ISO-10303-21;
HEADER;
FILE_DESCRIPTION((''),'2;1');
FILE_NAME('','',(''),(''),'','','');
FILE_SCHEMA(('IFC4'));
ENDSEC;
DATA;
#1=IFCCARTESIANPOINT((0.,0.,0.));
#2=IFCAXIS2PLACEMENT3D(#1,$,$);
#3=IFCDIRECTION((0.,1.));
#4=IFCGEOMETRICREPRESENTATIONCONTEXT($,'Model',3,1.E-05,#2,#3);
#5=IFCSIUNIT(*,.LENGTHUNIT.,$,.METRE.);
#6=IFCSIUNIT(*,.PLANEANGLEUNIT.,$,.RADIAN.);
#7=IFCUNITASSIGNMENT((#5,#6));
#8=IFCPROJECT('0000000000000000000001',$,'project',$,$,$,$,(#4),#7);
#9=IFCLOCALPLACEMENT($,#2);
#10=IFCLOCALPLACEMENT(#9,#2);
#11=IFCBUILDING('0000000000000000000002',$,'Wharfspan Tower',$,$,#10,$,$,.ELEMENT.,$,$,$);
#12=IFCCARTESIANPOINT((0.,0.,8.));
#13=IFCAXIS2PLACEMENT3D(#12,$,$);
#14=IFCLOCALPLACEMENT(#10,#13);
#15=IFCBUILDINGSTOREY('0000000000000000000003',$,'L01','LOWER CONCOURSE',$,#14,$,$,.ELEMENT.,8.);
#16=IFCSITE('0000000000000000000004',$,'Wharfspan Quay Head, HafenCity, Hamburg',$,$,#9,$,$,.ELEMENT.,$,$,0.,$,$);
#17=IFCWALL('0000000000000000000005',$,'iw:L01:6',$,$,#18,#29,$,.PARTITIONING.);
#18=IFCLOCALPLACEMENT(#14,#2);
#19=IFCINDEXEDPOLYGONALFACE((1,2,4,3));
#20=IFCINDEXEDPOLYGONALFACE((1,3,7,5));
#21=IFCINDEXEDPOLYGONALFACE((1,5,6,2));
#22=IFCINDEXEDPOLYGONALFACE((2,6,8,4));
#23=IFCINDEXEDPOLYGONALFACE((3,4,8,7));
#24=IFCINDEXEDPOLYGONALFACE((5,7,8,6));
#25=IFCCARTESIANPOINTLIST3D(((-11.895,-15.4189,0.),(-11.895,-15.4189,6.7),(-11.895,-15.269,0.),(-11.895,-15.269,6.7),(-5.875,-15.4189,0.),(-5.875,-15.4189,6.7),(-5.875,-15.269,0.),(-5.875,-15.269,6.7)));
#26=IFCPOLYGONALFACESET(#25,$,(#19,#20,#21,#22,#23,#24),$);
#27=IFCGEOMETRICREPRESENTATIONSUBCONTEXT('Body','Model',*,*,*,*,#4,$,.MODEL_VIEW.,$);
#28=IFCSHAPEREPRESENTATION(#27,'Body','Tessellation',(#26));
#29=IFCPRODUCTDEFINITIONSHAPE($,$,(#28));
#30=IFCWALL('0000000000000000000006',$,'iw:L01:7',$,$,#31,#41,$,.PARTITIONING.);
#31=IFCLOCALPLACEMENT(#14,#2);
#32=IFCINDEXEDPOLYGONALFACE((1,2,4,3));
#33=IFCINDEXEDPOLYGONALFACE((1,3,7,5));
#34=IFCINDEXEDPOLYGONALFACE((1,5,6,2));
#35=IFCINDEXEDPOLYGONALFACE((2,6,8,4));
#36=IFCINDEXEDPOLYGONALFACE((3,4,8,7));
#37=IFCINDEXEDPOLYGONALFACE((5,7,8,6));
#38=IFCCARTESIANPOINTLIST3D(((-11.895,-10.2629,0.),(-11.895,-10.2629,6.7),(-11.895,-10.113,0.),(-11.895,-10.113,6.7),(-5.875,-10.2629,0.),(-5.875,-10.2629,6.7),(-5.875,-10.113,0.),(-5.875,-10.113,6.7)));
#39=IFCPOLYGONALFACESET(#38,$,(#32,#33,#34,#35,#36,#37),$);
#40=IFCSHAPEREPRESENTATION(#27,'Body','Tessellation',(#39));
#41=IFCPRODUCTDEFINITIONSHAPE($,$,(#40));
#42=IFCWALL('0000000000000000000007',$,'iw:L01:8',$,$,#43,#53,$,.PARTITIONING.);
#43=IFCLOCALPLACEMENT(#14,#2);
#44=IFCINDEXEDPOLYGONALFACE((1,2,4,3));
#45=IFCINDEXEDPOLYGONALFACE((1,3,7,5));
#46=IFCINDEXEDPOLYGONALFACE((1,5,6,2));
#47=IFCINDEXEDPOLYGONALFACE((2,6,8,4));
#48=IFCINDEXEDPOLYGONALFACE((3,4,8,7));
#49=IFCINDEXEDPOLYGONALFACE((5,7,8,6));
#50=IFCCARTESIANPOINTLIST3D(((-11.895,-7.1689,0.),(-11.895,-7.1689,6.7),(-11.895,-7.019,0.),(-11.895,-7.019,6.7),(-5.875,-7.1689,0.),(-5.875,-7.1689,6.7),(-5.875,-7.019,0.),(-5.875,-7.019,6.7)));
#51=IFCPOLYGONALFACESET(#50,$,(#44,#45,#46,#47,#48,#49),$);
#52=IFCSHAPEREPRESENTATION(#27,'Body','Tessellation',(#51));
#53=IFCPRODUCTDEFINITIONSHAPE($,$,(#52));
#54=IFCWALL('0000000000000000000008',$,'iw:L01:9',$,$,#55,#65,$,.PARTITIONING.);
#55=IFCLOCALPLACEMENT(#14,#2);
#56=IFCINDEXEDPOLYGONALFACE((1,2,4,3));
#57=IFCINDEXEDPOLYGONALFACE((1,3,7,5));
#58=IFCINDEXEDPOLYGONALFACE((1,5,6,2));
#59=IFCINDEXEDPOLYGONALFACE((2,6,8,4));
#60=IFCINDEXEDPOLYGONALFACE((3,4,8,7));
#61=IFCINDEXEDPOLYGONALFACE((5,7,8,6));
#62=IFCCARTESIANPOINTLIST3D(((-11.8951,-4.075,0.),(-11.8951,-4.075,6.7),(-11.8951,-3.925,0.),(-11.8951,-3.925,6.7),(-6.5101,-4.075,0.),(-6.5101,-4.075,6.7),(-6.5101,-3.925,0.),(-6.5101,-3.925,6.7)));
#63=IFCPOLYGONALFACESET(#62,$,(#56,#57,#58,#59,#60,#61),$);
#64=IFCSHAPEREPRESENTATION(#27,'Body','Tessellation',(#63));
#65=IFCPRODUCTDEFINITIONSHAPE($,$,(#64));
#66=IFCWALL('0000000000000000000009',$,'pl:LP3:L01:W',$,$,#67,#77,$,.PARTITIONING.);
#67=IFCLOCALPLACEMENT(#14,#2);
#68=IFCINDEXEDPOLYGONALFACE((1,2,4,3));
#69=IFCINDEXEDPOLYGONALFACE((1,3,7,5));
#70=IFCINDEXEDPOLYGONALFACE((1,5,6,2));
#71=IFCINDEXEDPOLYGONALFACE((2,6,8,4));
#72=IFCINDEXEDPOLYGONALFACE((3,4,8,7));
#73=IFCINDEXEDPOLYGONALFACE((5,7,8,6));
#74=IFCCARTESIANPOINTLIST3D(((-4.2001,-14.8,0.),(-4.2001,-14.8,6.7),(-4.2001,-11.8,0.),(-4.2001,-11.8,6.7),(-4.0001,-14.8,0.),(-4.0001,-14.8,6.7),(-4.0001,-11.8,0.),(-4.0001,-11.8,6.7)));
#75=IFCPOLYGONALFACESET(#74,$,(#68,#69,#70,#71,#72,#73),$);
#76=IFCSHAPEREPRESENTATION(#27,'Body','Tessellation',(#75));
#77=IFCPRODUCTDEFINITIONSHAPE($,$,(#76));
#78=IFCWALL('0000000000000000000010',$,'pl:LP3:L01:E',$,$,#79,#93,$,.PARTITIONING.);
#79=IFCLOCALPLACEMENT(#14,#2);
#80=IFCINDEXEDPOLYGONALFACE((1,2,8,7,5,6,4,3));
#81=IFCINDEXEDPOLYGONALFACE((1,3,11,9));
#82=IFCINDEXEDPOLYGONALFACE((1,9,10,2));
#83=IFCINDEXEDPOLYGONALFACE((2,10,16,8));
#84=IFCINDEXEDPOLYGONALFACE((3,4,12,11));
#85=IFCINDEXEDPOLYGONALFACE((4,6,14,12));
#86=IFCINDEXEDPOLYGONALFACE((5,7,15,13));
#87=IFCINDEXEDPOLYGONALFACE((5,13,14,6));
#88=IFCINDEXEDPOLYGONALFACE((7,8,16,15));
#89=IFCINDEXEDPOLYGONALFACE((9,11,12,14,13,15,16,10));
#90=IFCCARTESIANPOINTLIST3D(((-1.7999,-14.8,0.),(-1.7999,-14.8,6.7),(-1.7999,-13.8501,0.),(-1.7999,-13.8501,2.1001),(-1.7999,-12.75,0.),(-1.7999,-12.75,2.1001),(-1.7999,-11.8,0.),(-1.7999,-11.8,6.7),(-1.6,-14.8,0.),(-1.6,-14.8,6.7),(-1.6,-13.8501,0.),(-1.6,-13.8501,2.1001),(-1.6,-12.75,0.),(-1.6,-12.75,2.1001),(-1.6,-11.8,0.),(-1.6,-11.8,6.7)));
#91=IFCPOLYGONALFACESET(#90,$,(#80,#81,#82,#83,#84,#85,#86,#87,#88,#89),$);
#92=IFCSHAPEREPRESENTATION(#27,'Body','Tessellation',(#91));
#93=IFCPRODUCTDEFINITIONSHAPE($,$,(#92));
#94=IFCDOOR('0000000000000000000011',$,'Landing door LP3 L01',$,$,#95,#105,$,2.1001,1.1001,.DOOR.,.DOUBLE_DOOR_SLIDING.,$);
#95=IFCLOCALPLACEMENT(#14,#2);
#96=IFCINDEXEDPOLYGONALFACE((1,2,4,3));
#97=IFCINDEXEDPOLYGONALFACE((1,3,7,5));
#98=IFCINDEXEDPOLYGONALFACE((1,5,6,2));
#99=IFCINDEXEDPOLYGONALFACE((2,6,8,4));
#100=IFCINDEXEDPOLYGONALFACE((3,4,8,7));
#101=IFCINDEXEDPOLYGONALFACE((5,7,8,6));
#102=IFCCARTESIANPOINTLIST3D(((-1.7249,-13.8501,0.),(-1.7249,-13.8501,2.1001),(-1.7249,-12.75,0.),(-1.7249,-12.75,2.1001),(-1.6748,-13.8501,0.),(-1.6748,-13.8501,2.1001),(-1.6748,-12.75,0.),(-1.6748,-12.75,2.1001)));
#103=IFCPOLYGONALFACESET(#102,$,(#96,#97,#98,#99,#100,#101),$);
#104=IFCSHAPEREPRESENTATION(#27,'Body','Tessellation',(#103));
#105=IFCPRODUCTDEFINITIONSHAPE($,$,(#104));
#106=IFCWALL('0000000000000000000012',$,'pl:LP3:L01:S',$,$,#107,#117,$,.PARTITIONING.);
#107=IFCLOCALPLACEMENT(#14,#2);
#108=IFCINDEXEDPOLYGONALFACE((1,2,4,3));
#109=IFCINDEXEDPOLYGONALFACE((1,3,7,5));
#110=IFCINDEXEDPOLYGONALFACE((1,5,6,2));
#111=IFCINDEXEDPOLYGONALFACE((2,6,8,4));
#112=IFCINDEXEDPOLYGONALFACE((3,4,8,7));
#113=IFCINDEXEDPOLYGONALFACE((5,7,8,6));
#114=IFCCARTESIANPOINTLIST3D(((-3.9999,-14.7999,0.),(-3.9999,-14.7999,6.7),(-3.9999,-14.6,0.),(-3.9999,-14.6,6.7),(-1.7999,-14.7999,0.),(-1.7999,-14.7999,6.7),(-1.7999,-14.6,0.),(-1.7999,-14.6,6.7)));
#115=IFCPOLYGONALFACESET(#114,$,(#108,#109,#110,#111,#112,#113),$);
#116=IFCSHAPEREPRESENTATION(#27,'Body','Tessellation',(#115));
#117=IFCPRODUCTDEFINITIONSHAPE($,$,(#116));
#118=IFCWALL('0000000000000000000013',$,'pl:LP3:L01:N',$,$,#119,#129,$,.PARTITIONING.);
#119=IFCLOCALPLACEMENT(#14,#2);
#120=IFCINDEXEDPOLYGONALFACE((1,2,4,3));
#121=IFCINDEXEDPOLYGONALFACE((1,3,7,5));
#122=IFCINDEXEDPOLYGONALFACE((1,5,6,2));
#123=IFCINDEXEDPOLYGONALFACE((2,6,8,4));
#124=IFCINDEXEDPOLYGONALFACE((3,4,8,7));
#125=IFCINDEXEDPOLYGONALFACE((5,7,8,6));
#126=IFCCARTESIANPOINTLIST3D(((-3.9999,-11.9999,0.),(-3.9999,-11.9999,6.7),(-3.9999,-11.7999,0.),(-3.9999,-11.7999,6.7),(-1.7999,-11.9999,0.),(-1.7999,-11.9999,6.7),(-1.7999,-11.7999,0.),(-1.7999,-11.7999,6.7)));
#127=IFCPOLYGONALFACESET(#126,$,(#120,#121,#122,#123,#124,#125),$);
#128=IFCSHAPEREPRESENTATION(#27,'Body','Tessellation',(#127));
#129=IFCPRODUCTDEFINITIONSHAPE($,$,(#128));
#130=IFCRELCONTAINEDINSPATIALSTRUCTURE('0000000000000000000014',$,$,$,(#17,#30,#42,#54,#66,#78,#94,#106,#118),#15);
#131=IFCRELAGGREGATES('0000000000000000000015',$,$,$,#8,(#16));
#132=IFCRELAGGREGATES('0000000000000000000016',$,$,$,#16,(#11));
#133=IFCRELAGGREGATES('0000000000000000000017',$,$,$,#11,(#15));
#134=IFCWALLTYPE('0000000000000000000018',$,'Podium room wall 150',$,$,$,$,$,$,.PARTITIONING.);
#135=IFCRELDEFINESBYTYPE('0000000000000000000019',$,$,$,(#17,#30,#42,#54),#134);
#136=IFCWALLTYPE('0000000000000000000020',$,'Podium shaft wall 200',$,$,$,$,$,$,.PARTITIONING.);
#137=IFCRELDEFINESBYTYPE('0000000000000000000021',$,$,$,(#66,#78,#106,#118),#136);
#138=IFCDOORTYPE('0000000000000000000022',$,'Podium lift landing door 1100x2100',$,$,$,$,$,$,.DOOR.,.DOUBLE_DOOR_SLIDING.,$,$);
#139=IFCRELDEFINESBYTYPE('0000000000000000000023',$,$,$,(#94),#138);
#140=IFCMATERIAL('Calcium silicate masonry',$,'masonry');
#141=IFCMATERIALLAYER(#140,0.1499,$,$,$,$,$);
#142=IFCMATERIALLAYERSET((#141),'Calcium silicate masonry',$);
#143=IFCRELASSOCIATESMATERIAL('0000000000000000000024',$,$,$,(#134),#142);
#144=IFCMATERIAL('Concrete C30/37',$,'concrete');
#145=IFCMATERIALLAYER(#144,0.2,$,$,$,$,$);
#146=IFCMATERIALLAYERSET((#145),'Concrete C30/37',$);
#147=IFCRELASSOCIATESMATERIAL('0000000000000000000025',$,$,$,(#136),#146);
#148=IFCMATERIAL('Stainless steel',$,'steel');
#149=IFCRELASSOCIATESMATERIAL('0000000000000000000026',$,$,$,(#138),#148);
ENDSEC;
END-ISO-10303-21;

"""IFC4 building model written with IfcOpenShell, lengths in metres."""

from ifc_helpers import new_model, si_unit, direction, frame, frame_2d, origin, place, context, subcontext, project, spatial, rectangle, extrude, material, layer, layer_set, type_object, element, fill, save


model = new_model("IFC4")

# Units and contexts
model_context = context("Model", 3, precision=1e-05, world=origin(), true_north=direction((0.0, 1.0)))
body_context = subcontext(model_context, "Body", "Model", "MODEL_VIEW")
ifc_project = project(units=[si_unit("LENGTHUNIT", "METRE"), si_unit("PLANEANGLEUNIT", "RADIAN")], contexts=[model_context])

# Site, building, storey
site_placement = place(None, origin())
site = spatial("IfcSite", under=ifc_project, at=site_placement, Name="Wharfspan Quay Head, HafenCity, Hamburg", CompositionType="ELEMENT", RefElevation=0.0)
building_placement = place(site_placement, origin())
building = spatial("IfcBuilding", under=site, at=building_placement, Name="Wharfspan Tower", CompositionType="ELEMENT")
storey_placement = place(building_placement, frame((0.0, 0.0, 8.0)))
storey = spatial("IfcBuildingStorey", under=building, at=storey_placement, Name="L01", Description="LOWER CONCOURSE", CompositionType="ELEMENT", Elevation=8.0)

# Walls
ifc_material_1 = material(Name="Calcium silicate masonry", Category="masonry")
ifc_layer_1 = layer(ifc_material_1, 0.1499)
ifc_layer_set_1 = layer_set([ifc_layer_1], Name="Calcium silicate masonry")
wall_type_1 = type_object("IfcWallType", Name="Podium room wall 150", PredefinedType="PARTITIONING", material=ifc_layer_set_1)
for number, where, z_axis, x_axis, name in (
    (1, (-11.895, -15.344, 0.0), (0.0, 0.0, 1.0), (1.0, 0.0, 0.0), "iw:L01:6"),
    (2, (-11.895, -10.188, 0.0), (0.0, 0.0, 1.0), (1.0, 0.0, 0.0), "iw:L01:7"),
    (3, (-11.895, -7.094, 0.0), (0.0, 0.0, 1.0), (1.0, 0.0, 0.0), "iw:L01:8"),
):
    element("IfcWall", number, at=place(storey_placement, frame(where, z_axis=z_axis, x_axis=x_axis)), inside=storey, type_object=wall_type_1, Name=name, PredefinedType="PARTITIONING", context=body_context, shape_type="SweptSolid", body=[
        extrude(rectangle(XDim=6.02, YDim=0.1499, at=frame_2d((3.01, 0.0))), origin(), (0.0, 0.0, 1.0), 6.7),
    ])
wall_1_placement = place(storey_placement, frame((-11.895, -4.0, 0.0), z_axis=(0.0, 0.0, 1.0), x_axis=(1.0, 0.0, 0.0)))
element("IfcWall", 4, at=wall_1_placement, inside=storey, type_object=wall_type_1, Name="iw:L01:9", PredefinedType="PARTITIONING", context=body_context, shape_type="SweptSolid", body=[
    extrude(rectangle(XDim=5.385, YDim=0.1499, at=frame_2d((2.6924, 0.0))), origin(), (0.0, 0.0, 1.0), 6.7),
])
ifc_material_2 = material(Name="Concrete C30/37", Category="concrete")
ifc_layer_2 = layer(ifc_material_2, 0.2)
ifc_layer_set_2 = layer_set([ifc_layer_2], Name="Concrete C30/37")
wall_type_2 = type_object("IfcWallType", Name="Podium shaft wall 200", PredefinedType="PARTITIONING", material=ifc_layer_set_2)
wall_2_placement = place(storey_placement, frame((-4.1001, -14.8, 0.0), z_axis=(0.0, 0.0, 1.0), x_axis=(0.0, 1.0, 0.0)))
element("IfcWall", 5, at=wall_2_placement, inside=storey, type_object=wall_type_2, Name="pl:LP3:L01:W", PredefinedType="PARTITIONING", context=body_context, shape_type="SweptSolid", body=[
    extrude(rectangle(XDim=3.0, YDim=0.2, at=frame_2d((1.5, 0.0))), origin(), (0.0, 0.0, 1.0), 6.7),
])

# Wall, opening, door
wall_3_placement = place(storey_placement, frame((-1.7, -14.8, 0.0), z_axis=(0.0, 0.0, 1.0), x_axis=(0.0, 1.0, 0.0)))
wall_3 = element("IfcWall", 6, at=wall_3_placement, inside=storey, type_object=wall_type_2, Name="pl:LP3:L01:E", PredefinedType="PARTITIONING", context=body_context, shape_type="SweptSolid", body=[
    extrude(rectangle(XDim=3.0, YDim=0.2, at=frame_2d((1.5, 0.0))), origin(), (0.0, 0.0, 1.0), 6.7),
])
opening_placement = place(wall_3_placement, frame((0.95, 0.0, 0.0)))
opening = element("IfcOpeningElement", 7, at=opening_placement, cuts=wall_3, PredefinedType="OPENING", context=body_context, shape_type="SweptSolid", body=[
    extrude(rectangle(XDim=1.1001, YDim=2.1001, at=frame_2d((0.55, 1.05))), frame((0.0, 0.1099, 0.0), z_axis=(0.0, -1.0, 0.0), x_axis=(1.0, 0.0, 0.0)), (0.0, 0.0, 1.0), 0.22),
])
ifc_material_3 = material(Name="Stainless steel", Category="steel")
door_type = type_object("IfcDoorType", Name="Podium lift landing door 1100x2100", OperationType="DOUBLE_DOOR_SLIDING", PredefinedType="DOOR", material=ifc_material_3)
door_placement = place(opening_placement, origin())
door = element("IfcDoor", 8, at=door_placement, inside=storey, type_object=door_type, Name="Landing door LP3 L01", OperationType="DOUBLE_DOOR_SLIDING", OverallHeight=2.1001, OverallWidth=1.1001, PredefinedType="DOOR", context=body_context, shape_type="SweptSolid", body=[
    extrude(rectangle(XDim=1.1001, YDim=2.1001, at=frame_2d((0.55, 1.05))), frame((0.0, 0.0249, 0.0), z_axis=(0.0, -1.0, 0.0), x_axis=(1.0, 0.0, 0.0)), (0.0, 0.0, 1.0), 0.05),
])
fill(opening, door)

# Walls
for number, where, z_axis, x_axis, name in (
    (9, (-4.0, -14.7, 0.0), (0.0, 0.0, 1.0), (1.0, 0.0, 0.0), "pl:LP3:L01:S"),
    (10, (-4.0, -11.8999, 0.0), (0.0, 0.0, 1.0), (1.0, 0.0, 0.0), "pl:LP3:L01:N"),
):
    element("IfcWall", number, at=place(storey_placement, frame(where, z_axis=z_axis, x_axis=x_axis)), inside=storey, type_object=wall_type_2, Name=name, PredefinedType="PARTITIONING", context=body_context, shape_type="SweptSolid", body=[
        extrude(rectangle(XDim=2.2, YDim=0.2, at=frame_2d((1.1001, 0.0))), origin(), (0.0, 0.0, 1.0), 6.7),
    ])

save(model, "model.ifc")
